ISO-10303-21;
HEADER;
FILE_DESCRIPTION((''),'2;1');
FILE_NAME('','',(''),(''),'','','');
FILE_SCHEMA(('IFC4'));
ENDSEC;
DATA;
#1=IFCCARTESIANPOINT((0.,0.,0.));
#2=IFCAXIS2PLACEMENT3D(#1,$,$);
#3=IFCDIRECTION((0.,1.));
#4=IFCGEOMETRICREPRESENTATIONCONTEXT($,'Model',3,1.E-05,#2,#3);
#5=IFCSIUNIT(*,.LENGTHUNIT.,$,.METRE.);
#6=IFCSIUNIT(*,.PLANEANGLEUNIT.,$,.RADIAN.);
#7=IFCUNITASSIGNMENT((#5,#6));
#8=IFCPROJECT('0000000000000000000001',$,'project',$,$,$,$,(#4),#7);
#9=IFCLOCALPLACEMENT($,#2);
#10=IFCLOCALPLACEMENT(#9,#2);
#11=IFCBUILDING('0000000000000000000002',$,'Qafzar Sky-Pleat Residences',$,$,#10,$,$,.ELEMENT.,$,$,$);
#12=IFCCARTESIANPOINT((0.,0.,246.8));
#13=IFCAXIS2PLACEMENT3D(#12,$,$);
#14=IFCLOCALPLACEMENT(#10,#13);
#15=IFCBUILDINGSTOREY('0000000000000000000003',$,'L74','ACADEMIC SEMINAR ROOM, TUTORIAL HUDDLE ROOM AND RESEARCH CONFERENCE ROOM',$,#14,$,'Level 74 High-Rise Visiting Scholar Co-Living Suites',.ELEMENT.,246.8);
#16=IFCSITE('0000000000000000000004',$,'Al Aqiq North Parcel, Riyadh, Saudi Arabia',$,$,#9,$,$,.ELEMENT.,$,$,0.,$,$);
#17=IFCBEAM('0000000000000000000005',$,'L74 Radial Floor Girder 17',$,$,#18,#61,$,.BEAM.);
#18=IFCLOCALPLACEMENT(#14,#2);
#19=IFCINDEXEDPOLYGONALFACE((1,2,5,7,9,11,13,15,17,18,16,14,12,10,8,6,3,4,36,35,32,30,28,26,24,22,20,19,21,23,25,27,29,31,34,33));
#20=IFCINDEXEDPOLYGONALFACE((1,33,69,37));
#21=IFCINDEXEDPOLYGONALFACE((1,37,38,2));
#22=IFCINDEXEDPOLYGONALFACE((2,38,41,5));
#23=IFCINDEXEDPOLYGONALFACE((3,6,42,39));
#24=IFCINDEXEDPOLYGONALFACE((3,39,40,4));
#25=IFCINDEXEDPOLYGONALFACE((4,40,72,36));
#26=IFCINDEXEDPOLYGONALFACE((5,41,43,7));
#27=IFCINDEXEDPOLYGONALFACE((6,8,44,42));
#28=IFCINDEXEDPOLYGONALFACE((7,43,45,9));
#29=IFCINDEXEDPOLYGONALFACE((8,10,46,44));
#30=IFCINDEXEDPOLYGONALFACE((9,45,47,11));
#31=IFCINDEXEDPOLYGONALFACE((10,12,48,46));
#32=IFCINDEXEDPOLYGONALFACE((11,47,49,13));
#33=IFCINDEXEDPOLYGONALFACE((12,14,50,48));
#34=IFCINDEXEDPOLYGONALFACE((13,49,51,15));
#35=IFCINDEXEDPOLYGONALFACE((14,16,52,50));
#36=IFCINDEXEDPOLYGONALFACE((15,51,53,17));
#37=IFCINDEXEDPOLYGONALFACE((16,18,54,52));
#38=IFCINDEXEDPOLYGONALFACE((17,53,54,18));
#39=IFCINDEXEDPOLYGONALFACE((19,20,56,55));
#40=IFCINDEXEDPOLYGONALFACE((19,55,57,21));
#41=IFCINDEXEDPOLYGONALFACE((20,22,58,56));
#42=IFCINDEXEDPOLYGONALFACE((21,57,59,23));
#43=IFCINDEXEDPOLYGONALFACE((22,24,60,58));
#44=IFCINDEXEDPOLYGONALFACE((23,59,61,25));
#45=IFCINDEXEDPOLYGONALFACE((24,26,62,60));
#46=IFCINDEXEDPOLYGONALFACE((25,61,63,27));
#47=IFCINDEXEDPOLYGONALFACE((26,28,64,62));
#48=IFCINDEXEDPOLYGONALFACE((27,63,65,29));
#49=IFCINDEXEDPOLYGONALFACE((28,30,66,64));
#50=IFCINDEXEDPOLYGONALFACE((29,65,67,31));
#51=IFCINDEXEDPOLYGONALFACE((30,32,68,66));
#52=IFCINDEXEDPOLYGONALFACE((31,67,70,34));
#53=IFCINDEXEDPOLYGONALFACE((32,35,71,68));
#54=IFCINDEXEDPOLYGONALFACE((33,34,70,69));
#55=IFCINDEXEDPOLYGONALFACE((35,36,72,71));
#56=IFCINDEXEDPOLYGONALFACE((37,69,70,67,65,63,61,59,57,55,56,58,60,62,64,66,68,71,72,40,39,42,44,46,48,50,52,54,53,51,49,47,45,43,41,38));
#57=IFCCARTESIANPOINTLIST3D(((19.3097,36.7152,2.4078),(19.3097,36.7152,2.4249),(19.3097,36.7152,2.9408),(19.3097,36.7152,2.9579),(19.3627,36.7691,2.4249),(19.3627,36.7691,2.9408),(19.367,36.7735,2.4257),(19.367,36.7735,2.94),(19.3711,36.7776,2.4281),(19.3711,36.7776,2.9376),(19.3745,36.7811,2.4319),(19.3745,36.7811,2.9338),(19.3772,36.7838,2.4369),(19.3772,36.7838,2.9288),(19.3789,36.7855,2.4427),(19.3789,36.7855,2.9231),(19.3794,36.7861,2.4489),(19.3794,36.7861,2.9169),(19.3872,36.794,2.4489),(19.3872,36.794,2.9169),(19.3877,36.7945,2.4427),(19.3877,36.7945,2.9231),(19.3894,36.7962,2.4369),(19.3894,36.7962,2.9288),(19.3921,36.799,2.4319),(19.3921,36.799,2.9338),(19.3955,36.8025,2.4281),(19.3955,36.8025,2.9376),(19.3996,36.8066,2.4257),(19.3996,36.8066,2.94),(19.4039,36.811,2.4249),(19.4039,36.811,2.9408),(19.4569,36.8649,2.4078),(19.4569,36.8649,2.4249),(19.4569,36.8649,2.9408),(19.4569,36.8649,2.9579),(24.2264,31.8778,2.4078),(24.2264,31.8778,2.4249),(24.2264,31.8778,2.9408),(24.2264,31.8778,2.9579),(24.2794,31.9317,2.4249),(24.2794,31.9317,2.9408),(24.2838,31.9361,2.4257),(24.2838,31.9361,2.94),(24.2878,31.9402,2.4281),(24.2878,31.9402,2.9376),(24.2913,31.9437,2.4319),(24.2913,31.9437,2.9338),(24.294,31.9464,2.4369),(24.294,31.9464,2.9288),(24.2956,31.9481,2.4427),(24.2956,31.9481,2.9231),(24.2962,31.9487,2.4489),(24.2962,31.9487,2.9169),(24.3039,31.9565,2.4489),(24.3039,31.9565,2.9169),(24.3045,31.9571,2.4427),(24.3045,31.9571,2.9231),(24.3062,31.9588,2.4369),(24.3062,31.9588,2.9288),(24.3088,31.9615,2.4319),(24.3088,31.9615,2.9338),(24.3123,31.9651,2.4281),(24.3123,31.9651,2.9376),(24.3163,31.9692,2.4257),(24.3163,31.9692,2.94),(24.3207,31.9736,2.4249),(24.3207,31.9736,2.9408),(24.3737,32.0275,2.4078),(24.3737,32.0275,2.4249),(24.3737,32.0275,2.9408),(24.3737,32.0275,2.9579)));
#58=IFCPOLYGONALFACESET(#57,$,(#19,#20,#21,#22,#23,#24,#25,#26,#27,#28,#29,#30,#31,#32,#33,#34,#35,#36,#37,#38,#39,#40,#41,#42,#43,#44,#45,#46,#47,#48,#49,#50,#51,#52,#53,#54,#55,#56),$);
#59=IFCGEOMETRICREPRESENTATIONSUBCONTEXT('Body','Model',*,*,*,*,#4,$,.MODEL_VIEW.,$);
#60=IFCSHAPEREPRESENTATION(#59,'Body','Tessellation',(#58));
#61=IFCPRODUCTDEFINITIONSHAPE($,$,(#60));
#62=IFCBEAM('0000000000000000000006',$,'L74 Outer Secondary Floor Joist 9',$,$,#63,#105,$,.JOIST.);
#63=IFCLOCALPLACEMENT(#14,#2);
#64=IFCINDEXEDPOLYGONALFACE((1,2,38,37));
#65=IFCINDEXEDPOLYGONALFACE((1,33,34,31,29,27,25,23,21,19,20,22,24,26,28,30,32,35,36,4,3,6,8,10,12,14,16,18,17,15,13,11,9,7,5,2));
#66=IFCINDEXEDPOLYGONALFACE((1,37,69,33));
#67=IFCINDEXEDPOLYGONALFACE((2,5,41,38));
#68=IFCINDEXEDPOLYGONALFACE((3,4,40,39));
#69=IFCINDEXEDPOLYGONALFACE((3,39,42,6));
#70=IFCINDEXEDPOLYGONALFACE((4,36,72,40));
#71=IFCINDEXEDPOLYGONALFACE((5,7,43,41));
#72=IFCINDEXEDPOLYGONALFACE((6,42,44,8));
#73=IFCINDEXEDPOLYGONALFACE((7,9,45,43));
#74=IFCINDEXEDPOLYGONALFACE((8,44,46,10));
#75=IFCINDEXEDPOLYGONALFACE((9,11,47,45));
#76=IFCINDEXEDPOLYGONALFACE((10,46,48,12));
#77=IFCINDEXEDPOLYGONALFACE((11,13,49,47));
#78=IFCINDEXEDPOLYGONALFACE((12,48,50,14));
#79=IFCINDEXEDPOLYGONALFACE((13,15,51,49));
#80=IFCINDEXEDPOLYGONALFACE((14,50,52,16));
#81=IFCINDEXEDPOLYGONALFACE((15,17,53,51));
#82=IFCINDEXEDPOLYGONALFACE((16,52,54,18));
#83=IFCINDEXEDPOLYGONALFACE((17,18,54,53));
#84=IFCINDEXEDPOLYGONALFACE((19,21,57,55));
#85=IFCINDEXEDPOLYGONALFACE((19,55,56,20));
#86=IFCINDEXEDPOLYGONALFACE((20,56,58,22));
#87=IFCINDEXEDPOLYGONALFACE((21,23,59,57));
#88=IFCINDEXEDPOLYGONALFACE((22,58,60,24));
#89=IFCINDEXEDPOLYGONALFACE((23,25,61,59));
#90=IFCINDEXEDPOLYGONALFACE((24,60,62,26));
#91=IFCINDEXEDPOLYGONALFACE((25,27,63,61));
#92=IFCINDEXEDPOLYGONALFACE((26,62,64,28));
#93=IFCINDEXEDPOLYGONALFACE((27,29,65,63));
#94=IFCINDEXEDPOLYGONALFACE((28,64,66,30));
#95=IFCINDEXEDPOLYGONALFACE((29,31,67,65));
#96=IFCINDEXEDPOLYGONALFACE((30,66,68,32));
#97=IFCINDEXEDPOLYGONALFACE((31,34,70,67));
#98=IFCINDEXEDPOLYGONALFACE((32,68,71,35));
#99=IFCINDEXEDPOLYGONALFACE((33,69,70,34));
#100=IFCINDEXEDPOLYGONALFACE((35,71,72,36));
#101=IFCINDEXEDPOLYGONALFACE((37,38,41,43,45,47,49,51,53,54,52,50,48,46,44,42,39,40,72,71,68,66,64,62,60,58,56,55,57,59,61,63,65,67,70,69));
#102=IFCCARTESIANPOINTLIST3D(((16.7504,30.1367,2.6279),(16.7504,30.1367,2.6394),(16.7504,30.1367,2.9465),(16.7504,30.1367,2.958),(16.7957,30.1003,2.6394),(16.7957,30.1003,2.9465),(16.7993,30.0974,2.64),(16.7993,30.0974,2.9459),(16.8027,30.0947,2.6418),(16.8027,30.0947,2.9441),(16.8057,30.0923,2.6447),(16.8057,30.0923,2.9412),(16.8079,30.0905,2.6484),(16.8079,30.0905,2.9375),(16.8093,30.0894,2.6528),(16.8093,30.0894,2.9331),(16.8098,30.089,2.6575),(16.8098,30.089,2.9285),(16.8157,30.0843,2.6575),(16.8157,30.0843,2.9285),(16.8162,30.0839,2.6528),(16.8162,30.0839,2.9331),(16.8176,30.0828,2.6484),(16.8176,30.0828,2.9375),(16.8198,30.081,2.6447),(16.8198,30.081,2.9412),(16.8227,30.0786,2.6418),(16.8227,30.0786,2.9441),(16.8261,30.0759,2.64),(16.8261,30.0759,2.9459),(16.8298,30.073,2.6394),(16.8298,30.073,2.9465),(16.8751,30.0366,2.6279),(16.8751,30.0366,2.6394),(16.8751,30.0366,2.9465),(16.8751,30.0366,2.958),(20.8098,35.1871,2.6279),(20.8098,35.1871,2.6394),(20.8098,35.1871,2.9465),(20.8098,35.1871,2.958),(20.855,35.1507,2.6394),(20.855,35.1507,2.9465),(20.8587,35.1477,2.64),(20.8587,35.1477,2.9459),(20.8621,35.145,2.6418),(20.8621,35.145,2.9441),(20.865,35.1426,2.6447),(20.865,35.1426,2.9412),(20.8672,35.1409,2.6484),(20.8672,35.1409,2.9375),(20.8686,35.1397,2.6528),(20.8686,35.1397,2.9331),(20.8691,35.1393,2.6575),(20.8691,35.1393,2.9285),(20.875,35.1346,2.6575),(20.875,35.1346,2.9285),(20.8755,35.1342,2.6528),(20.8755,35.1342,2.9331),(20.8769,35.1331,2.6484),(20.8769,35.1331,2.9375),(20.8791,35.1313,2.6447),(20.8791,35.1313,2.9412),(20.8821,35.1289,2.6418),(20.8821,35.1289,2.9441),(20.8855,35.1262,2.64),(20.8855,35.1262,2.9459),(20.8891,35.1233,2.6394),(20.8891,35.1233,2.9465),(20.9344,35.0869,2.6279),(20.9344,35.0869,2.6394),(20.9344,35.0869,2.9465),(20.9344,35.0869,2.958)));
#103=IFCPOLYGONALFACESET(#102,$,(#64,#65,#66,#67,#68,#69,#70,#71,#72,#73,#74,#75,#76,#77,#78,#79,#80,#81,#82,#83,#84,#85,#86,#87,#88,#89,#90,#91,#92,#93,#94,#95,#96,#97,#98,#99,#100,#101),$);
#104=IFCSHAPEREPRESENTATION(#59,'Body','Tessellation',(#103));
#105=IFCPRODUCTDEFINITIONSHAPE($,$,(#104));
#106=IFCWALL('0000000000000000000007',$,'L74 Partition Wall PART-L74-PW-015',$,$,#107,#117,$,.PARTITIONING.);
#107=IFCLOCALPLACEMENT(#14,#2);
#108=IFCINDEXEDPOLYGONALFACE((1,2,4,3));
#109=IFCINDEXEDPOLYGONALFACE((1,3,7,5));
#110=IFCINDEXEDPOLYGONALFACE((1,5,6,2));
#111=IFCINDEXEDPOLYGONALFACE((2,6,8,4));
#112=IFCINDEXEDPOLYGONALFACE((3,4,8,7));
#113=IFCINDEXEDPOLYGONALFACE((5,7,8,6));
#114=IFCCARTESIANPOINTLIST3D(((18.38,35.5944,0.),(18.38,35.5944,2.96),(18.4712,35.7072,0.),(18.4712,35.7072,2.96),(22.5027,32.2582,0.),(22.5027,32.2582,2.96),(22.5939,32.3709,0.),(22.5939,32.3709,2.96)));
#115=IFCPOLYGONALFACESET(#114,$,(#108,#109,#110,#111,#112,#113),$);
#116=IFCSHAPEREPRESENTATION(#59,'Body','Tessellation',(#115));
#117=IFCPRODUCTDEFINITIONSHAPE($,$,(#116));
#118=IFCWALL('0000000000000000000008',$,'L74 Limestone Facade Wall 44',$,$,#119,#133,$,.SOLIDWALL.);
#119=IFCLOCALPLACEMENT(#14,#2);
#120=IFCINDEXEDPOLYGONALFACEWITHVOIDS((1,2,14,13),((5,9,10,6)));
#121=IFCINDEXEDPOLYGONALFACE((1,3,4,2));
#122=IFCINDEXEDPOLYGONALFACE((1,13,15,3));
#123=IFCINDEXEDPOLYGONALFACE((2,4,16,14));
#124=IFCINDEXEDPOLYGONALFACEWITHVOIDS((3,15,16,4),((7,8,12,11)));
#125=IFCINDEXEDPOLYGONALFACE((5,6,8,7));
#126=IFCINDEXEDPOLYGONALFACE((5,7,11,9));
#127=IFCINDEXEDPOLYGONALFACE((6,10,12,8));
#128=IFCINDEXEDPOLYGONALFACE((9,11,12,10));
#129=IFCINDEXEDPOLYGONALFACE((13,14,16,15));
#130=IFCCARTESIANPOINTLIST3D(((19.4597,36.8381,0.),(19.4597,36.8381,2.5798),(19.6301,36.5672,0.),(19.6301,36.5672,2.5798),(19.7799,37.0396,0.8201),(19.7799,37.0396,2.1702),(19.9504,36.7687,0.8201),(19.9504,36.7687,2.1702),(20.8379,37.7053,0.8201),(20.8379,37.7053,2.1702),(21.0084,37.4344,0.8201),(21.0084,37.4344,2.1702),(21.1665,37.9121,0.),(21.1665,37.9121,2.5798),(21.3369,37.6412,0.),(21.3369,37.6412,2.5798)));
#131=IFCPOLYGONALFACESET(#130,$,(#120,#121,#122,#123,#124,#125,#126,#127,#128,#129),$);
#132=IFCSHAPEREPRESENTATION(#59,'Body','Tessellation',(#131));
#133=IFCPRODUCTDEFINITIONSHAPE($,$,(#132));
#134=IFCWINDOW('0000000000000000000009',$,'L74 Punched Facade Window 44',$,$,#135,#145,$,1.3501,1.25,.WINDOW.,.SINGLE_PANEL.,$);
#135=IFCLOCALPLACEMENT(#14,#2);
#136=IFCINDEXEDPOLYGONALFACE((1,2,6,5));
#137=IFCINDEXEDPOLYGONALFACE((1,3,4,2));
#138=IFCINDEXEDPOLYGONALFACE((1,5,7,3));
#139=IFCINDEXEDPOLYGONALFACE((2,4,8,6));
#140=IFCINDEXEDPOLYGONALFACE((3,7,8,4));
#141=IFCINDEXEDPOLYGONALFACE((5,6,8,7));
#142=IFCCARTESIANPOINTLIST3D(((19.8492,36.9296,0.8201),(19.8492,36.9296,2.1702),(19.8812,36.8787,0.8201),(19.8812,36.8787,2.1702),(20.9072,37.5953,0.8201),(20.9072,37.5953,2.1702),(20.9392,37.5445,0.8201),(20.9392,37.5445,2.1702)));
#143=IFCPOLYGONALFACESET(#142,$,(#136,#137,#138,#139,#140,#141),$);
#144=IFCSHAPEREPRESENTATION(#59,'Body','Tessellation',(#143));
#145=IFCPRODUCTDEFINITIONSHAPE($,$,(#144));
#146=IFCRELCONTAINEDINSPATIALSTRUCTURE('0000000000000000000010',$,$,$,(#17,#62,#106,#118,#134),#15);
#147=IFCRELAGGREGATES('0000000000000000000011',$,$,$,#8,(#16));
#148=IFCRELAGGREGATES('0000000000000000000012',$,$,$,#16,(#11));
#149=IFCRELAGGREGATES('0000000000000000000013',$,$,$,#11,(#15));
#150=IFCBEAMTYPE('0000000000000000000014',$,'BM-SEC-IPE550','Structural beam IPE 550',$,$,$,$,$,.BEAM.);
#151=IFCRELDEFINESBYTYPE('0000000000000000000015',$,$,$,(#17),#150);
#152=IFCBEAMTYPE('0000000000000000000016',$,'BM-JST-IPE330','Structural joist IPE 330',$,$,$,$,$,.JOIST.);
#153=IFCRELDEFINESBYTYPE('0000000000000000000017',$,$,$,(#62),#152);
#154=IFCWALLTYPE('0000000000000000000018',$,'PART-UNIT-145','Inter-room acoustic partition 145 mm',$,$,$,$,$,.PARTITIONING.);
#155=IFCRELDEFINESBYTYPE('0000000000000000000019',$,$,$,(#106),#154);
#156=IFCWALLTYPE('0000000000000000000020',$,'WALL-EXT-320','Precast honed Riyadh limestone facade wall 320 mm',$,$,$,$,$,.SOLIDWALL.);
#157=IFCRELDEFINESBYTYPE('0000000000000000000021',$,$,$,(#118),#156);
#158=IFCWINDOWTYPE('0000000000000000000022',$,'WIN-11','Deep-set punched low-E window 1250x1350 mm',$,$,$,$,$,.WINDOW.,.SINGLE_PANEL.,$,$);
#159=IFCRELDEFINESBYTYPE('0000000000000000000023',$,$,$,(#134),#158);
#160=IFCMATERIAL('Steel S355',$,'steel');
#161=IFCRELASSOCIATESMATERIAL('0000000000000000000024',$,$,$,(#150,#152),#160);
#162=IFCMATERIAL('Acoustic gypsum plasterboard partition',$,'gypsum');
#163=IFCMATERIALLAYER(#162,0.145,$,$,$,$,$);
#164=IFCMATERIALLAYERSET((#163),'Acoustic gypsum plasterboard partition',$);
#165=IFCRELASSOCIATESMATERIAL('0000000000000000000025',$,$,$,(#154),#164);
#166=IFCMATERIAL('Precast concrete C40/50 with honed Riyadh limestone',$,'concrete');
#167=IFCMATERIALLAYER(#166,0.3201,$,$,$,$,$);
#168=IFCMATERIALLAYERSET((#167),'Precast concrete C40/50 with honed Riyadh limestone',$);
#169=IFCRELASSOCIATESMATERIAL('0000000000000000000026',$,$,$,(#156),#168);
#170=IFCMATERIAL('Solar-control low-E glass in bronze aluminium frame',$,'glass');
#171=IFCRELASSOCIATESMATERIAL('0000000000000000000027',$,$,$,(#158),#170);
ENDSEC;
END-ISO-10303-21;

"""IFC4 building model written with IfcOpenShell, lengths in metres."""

from ifc_helpers import new_model, si_unit, direction, frame, frame_2d, origin, origin_2d, place, context, subcontext, project, spatial, rectangle, i_section, extrude, source, transform, mapped, material, layer, layer_set, material_profile, profile_set, type_object, element, fill, save


model = new_model("IFC4")

# Units and contexts
model_context = context("Model", 3, precision=1e-05, world=origin(), true_north=direction((0.0, 1.0)))
body_context = subcontext(model_context, "Body", "Model", "MODEL_VIEW")
ifc_project = project(units=[si_unit("LENGTHUNIT", "METRE"), si_unit("PLANEANGLEUNIT", "RADIAN")], contexts=[model_context])

# Site, building, storey
site_placement = place(None, origin())
site = spatial("IfcSite", under=ifc_project, at=site_placement, Name="Al Aqiq North Parcel, Riyadh, Saudi Arabia", CompositionType="ELEMENT", RefElevation=0.0)
building_placement = place(site_placement, origin())
building = spatial("IfcBuilding", under=site, at=building_placement, Name="Qafzar Sky-Pleat Residences", CompositionType="ELEMENT")
storey_placement = place(building_placement, frame((0.0, 0.0, 246.8)))
storey = spatial("IfcBuildingStorey", under=building, at=storey_placement, Name="L74", Description="ACADEMIC SEMINAR ROOM, TUTORIAL HUDDLE ROOM AND RESEARCH CONFERENCE ROOM", LongName="Level 74 High-Rise Visiting Scholar Co-Living Suites", CompositionType="ELEMENT", Elevation=246.8)

# Shared definitions
ifc_material_1 = material(Name="Steel S355", Category="steel")

# Beams
ifc_material_profile_1 = material_profile(ifc_material_1, i_section(OverallWidth=0.21, OverallDepth=0.55, WebThickness=0.011, FlangeThickness=0.0171, FilletRadius=0.0239, at=origin_2d()), Name="IPE 550")
ifc_profile_set_1 = profile_set([ifc_material_profile_1], Name="Steel S355")
beam_type_1 = type_object("IfcBeamType", Name="BM-SEC-IPE550", Description="Structural beam IPE 550", PredefinedType="BEAM", material=ifc_profile_set_1)
shared_shape_1 = source(origin(), body_context, "Body", "SweptSolid", [
    extrude(i_section(OverallWidth=0.21, OverallDepth=0.55, WebThickness=0.011, FlangeThickness=0.0171, FilletRadius=0.0239, at=origin_2d()), origin(), (0.0, 0.0, 1.0), 6.8975),
])
beam_1_placement = place(storey_placement, frame((19.3833, 36.79, 2.6829), z_axis=(0.712835, -0.701332, 0.0), x_axis=(0.701332, 0.712835, 0.0)))
element("IfcBeam", 1, at=beam_1_placement, inside=storey, type_object=beam_type_1, Name="L74 Radial Floor Girder 17", PredefinedType="BEAM", context=body_context, shape_type="MappedRepresentation", body=[
    mapped(shared_shape_1, transform((0.0, 0.0, 0.0), x_axis=(1.0, 0.0, 0.0), y_axis=(0.0, 1.0, 0.0), z_axis=(0.0, 0.0, 1.0), scale=1.0)),
])
ifc_material_profile_2 = material_profile(ifc_material_1, i_section(OverallWidth=0.1599, OverallDepth=0.3301, WebThickness=0.0076, FlangeThickness=0.0115, FilletRadius=0.0181, at=origin_2d()), Name="IPE 330")
ifc_profile_set_2 = profile_set([ifc_material_profile_2], Name="Steel S355")
beam_type_2 = type_object("IfcBeamType", Name="BM-JST-IPE330", Description="Structural joist IPE 330", PredefinedType="JOIST", material=ifc_profile_set_2)
shared_shape_2 = source(origin(), body_context, "Body", "SweptSolid", [
    extrude(i_section(OverallWidth=0.1599, OverallDepth=0.3301, WebThickness=0.0076, FlangeThickness=0.0115, FilletRadius=0.0181, at=origin_2d()), origin(), (0.0, 0.0, 1.0), 6.4795),
])
beam_2_placement = place(storey_placement, frame((20.8721, 35.137, 2.793), z_axis=(-0.62649, -0.779429, 0.0), x_axis=(0.779429, -0.62649, 0.0)))
element("IfcBeam", 2, at=beam_2_placement, inside=storey, type_object=beam_type_2, Name="L74 Outer Secondary Floor Joist 9", PredefinedType="JOIST", context=body_context, shape_type="MappedRepresentation", body=[
    mapped(shared_shape_2, transform((0.0, 0.0, 0.0), x_axis=(1.0, 0.0, 0.0), y_axis=(0.0, 1.0, 0.0), z_axis=(0.0, 0.0, 1.0), scale=1.0)),
])

# Wall
ifc_material_2 = material(Name="Acoustic gypsum plasterboard partition", Category="gypsum")
ifc_layer_1 = layer(ifc_material_2, 0.145)
ifc_layer_set_1 = layer_set([ifc_layer_1], Name="Acoustic gypsum plasterboard partition")
wall_type_1 = type_object("IfcWallType", Name="PART-UNIT-145", Description="Inter-room acoustic partition 145 mm", PredefinedType="PARTITIONING", material=ifc_layer_set_1)
wall_1_placement = place(storey_placement, frame((18.4255, 35.6509, 0.0), z_axis=(0.0, 0.0, 1.0), x_axis=(0.777349, -0.62907, 0.0)))
element("IfcWall", 3, at=wall_1_placement, inside=storey, type_object=wall_type_1, Name="L74 Partition Wall PART-L74-PW-015", PredefinedType="PARTITIONING", context=body_context, shape_type="SweptSolid", body=[
    extrude(rectangle(XDim=5.3035, YDim=0.145, at=frame_2d((2.6519, 0.0))), origin(), (0.0, 0.0, 1.0), 2.96),
])

# Wall, opening, window
ifc_material_3 = material(Name="Precast concrete C40/50 with honed Riyadh limestone", Category="concrete")
ifc_layer_2 = layer(ifc_material_3, 0.3201)
ifc_layer_set_2 = layer_set([ifc_layer_2], Name="Precast concrete C40/50 with honed Riyadh limestone")
wall_type_2 = type_object("IfcWallType", Name="WALL-EXT-320", Description="Precast honed Riyadh limestone facade wall 320 mm", PredefinedType="SOLIDWALL", material=ifc_layer_set_2)
wall_2_placement = place(storey_placement, frame((21.2517, 37.7766, 0.0), z_axis=(0.0, 0.0, 1.0), x_axis=(-0.846382, -0.532576, 0.0)))
wall_2 = element("IfcWall", 4, at=wall_2_placement, inside=storey, type_object=wall_type_2, Name="L74 Limestone Facade Wall 44", PredefinedType="SOLIDWALL", context=body_context, shape_type="SweptSolid", body=[
    extrude(rectangle(XDim=2.0166, YDim=0.3201, at=frame_2d((1.0083, 0.0))), origin(), (0.0, 0.0, 1.0), 2.5798),
])
opening_1_placement = place(wall_2_placement, frame((0.3882, 0.0, 0.8201)))
opening_1 = element("IfcOpeningElement", 5, at=opening_1_placement, cuts=wall_2, PredefinedType="OPENING", context=body_context, shape_type="SweptSolid", body=[
    extrude(rectangle(XDim=1.25, YDim=1.3501, at=frame_2d((0.625, 0.675))), frame((0.0, 0.1699, 0.0), z_axis=(0.0, -1.0, 0.0), x_axis=(1.0, 0.0, 0.0)), (0.0, 0.0, 1.0), 0.3401),
])
ifc_material_4 = material(Name="Solar-control low-E glass in bronze aluminium frame", Category="glass")
window_type_1 = type_object("IfcWindowType", Name="WIN-11", Description="Deep-set punched low-E window 1250x1350 mm", PartitioningType="SINGLE_PANEL", PredefinedType="WINDOW", material=ifc_material_4)
shared_shape_3 = source(origin(), body_context, "Body", "SweptSolid", [
    extrude(rectangle(XDim=1.25, YDim=1.3501, at=frame_2d((0.625, 0.675))), frame((0.0, 0.03, 0.0), z_axis=(0.0, -1.0, 0.0), x_axis=(1.0, 0.0, 0.0)), (0.0, 0.0, 1.0), 0.0601),
])
window_1_placement = place(opening_1_placement, origin())
window_1 = element("IfcWindow", 6, at=window_1_placement, inside=storey, type_object=window_type_1, Name="L74 Punched Facade Window 44", OverallHeight=1.3501, OverallWidth=1.25, PartitioningType="SINGLE_PANEL", PredefinedType="WINDOW", context=body_context, shape_type="MappedRepresentation", body=[
    mapped(shared_shape_3, transform((0.0, 0.0, 0.0), x_axis=(1.0, 0.0, 0.0), y_axis=(0.0, 1.0, 0.0), z_axis=(0.0, 0.0, 1.0), scale=1.0)),
])
fill(opening_1, window_1)

save(model, "model.ifc")
